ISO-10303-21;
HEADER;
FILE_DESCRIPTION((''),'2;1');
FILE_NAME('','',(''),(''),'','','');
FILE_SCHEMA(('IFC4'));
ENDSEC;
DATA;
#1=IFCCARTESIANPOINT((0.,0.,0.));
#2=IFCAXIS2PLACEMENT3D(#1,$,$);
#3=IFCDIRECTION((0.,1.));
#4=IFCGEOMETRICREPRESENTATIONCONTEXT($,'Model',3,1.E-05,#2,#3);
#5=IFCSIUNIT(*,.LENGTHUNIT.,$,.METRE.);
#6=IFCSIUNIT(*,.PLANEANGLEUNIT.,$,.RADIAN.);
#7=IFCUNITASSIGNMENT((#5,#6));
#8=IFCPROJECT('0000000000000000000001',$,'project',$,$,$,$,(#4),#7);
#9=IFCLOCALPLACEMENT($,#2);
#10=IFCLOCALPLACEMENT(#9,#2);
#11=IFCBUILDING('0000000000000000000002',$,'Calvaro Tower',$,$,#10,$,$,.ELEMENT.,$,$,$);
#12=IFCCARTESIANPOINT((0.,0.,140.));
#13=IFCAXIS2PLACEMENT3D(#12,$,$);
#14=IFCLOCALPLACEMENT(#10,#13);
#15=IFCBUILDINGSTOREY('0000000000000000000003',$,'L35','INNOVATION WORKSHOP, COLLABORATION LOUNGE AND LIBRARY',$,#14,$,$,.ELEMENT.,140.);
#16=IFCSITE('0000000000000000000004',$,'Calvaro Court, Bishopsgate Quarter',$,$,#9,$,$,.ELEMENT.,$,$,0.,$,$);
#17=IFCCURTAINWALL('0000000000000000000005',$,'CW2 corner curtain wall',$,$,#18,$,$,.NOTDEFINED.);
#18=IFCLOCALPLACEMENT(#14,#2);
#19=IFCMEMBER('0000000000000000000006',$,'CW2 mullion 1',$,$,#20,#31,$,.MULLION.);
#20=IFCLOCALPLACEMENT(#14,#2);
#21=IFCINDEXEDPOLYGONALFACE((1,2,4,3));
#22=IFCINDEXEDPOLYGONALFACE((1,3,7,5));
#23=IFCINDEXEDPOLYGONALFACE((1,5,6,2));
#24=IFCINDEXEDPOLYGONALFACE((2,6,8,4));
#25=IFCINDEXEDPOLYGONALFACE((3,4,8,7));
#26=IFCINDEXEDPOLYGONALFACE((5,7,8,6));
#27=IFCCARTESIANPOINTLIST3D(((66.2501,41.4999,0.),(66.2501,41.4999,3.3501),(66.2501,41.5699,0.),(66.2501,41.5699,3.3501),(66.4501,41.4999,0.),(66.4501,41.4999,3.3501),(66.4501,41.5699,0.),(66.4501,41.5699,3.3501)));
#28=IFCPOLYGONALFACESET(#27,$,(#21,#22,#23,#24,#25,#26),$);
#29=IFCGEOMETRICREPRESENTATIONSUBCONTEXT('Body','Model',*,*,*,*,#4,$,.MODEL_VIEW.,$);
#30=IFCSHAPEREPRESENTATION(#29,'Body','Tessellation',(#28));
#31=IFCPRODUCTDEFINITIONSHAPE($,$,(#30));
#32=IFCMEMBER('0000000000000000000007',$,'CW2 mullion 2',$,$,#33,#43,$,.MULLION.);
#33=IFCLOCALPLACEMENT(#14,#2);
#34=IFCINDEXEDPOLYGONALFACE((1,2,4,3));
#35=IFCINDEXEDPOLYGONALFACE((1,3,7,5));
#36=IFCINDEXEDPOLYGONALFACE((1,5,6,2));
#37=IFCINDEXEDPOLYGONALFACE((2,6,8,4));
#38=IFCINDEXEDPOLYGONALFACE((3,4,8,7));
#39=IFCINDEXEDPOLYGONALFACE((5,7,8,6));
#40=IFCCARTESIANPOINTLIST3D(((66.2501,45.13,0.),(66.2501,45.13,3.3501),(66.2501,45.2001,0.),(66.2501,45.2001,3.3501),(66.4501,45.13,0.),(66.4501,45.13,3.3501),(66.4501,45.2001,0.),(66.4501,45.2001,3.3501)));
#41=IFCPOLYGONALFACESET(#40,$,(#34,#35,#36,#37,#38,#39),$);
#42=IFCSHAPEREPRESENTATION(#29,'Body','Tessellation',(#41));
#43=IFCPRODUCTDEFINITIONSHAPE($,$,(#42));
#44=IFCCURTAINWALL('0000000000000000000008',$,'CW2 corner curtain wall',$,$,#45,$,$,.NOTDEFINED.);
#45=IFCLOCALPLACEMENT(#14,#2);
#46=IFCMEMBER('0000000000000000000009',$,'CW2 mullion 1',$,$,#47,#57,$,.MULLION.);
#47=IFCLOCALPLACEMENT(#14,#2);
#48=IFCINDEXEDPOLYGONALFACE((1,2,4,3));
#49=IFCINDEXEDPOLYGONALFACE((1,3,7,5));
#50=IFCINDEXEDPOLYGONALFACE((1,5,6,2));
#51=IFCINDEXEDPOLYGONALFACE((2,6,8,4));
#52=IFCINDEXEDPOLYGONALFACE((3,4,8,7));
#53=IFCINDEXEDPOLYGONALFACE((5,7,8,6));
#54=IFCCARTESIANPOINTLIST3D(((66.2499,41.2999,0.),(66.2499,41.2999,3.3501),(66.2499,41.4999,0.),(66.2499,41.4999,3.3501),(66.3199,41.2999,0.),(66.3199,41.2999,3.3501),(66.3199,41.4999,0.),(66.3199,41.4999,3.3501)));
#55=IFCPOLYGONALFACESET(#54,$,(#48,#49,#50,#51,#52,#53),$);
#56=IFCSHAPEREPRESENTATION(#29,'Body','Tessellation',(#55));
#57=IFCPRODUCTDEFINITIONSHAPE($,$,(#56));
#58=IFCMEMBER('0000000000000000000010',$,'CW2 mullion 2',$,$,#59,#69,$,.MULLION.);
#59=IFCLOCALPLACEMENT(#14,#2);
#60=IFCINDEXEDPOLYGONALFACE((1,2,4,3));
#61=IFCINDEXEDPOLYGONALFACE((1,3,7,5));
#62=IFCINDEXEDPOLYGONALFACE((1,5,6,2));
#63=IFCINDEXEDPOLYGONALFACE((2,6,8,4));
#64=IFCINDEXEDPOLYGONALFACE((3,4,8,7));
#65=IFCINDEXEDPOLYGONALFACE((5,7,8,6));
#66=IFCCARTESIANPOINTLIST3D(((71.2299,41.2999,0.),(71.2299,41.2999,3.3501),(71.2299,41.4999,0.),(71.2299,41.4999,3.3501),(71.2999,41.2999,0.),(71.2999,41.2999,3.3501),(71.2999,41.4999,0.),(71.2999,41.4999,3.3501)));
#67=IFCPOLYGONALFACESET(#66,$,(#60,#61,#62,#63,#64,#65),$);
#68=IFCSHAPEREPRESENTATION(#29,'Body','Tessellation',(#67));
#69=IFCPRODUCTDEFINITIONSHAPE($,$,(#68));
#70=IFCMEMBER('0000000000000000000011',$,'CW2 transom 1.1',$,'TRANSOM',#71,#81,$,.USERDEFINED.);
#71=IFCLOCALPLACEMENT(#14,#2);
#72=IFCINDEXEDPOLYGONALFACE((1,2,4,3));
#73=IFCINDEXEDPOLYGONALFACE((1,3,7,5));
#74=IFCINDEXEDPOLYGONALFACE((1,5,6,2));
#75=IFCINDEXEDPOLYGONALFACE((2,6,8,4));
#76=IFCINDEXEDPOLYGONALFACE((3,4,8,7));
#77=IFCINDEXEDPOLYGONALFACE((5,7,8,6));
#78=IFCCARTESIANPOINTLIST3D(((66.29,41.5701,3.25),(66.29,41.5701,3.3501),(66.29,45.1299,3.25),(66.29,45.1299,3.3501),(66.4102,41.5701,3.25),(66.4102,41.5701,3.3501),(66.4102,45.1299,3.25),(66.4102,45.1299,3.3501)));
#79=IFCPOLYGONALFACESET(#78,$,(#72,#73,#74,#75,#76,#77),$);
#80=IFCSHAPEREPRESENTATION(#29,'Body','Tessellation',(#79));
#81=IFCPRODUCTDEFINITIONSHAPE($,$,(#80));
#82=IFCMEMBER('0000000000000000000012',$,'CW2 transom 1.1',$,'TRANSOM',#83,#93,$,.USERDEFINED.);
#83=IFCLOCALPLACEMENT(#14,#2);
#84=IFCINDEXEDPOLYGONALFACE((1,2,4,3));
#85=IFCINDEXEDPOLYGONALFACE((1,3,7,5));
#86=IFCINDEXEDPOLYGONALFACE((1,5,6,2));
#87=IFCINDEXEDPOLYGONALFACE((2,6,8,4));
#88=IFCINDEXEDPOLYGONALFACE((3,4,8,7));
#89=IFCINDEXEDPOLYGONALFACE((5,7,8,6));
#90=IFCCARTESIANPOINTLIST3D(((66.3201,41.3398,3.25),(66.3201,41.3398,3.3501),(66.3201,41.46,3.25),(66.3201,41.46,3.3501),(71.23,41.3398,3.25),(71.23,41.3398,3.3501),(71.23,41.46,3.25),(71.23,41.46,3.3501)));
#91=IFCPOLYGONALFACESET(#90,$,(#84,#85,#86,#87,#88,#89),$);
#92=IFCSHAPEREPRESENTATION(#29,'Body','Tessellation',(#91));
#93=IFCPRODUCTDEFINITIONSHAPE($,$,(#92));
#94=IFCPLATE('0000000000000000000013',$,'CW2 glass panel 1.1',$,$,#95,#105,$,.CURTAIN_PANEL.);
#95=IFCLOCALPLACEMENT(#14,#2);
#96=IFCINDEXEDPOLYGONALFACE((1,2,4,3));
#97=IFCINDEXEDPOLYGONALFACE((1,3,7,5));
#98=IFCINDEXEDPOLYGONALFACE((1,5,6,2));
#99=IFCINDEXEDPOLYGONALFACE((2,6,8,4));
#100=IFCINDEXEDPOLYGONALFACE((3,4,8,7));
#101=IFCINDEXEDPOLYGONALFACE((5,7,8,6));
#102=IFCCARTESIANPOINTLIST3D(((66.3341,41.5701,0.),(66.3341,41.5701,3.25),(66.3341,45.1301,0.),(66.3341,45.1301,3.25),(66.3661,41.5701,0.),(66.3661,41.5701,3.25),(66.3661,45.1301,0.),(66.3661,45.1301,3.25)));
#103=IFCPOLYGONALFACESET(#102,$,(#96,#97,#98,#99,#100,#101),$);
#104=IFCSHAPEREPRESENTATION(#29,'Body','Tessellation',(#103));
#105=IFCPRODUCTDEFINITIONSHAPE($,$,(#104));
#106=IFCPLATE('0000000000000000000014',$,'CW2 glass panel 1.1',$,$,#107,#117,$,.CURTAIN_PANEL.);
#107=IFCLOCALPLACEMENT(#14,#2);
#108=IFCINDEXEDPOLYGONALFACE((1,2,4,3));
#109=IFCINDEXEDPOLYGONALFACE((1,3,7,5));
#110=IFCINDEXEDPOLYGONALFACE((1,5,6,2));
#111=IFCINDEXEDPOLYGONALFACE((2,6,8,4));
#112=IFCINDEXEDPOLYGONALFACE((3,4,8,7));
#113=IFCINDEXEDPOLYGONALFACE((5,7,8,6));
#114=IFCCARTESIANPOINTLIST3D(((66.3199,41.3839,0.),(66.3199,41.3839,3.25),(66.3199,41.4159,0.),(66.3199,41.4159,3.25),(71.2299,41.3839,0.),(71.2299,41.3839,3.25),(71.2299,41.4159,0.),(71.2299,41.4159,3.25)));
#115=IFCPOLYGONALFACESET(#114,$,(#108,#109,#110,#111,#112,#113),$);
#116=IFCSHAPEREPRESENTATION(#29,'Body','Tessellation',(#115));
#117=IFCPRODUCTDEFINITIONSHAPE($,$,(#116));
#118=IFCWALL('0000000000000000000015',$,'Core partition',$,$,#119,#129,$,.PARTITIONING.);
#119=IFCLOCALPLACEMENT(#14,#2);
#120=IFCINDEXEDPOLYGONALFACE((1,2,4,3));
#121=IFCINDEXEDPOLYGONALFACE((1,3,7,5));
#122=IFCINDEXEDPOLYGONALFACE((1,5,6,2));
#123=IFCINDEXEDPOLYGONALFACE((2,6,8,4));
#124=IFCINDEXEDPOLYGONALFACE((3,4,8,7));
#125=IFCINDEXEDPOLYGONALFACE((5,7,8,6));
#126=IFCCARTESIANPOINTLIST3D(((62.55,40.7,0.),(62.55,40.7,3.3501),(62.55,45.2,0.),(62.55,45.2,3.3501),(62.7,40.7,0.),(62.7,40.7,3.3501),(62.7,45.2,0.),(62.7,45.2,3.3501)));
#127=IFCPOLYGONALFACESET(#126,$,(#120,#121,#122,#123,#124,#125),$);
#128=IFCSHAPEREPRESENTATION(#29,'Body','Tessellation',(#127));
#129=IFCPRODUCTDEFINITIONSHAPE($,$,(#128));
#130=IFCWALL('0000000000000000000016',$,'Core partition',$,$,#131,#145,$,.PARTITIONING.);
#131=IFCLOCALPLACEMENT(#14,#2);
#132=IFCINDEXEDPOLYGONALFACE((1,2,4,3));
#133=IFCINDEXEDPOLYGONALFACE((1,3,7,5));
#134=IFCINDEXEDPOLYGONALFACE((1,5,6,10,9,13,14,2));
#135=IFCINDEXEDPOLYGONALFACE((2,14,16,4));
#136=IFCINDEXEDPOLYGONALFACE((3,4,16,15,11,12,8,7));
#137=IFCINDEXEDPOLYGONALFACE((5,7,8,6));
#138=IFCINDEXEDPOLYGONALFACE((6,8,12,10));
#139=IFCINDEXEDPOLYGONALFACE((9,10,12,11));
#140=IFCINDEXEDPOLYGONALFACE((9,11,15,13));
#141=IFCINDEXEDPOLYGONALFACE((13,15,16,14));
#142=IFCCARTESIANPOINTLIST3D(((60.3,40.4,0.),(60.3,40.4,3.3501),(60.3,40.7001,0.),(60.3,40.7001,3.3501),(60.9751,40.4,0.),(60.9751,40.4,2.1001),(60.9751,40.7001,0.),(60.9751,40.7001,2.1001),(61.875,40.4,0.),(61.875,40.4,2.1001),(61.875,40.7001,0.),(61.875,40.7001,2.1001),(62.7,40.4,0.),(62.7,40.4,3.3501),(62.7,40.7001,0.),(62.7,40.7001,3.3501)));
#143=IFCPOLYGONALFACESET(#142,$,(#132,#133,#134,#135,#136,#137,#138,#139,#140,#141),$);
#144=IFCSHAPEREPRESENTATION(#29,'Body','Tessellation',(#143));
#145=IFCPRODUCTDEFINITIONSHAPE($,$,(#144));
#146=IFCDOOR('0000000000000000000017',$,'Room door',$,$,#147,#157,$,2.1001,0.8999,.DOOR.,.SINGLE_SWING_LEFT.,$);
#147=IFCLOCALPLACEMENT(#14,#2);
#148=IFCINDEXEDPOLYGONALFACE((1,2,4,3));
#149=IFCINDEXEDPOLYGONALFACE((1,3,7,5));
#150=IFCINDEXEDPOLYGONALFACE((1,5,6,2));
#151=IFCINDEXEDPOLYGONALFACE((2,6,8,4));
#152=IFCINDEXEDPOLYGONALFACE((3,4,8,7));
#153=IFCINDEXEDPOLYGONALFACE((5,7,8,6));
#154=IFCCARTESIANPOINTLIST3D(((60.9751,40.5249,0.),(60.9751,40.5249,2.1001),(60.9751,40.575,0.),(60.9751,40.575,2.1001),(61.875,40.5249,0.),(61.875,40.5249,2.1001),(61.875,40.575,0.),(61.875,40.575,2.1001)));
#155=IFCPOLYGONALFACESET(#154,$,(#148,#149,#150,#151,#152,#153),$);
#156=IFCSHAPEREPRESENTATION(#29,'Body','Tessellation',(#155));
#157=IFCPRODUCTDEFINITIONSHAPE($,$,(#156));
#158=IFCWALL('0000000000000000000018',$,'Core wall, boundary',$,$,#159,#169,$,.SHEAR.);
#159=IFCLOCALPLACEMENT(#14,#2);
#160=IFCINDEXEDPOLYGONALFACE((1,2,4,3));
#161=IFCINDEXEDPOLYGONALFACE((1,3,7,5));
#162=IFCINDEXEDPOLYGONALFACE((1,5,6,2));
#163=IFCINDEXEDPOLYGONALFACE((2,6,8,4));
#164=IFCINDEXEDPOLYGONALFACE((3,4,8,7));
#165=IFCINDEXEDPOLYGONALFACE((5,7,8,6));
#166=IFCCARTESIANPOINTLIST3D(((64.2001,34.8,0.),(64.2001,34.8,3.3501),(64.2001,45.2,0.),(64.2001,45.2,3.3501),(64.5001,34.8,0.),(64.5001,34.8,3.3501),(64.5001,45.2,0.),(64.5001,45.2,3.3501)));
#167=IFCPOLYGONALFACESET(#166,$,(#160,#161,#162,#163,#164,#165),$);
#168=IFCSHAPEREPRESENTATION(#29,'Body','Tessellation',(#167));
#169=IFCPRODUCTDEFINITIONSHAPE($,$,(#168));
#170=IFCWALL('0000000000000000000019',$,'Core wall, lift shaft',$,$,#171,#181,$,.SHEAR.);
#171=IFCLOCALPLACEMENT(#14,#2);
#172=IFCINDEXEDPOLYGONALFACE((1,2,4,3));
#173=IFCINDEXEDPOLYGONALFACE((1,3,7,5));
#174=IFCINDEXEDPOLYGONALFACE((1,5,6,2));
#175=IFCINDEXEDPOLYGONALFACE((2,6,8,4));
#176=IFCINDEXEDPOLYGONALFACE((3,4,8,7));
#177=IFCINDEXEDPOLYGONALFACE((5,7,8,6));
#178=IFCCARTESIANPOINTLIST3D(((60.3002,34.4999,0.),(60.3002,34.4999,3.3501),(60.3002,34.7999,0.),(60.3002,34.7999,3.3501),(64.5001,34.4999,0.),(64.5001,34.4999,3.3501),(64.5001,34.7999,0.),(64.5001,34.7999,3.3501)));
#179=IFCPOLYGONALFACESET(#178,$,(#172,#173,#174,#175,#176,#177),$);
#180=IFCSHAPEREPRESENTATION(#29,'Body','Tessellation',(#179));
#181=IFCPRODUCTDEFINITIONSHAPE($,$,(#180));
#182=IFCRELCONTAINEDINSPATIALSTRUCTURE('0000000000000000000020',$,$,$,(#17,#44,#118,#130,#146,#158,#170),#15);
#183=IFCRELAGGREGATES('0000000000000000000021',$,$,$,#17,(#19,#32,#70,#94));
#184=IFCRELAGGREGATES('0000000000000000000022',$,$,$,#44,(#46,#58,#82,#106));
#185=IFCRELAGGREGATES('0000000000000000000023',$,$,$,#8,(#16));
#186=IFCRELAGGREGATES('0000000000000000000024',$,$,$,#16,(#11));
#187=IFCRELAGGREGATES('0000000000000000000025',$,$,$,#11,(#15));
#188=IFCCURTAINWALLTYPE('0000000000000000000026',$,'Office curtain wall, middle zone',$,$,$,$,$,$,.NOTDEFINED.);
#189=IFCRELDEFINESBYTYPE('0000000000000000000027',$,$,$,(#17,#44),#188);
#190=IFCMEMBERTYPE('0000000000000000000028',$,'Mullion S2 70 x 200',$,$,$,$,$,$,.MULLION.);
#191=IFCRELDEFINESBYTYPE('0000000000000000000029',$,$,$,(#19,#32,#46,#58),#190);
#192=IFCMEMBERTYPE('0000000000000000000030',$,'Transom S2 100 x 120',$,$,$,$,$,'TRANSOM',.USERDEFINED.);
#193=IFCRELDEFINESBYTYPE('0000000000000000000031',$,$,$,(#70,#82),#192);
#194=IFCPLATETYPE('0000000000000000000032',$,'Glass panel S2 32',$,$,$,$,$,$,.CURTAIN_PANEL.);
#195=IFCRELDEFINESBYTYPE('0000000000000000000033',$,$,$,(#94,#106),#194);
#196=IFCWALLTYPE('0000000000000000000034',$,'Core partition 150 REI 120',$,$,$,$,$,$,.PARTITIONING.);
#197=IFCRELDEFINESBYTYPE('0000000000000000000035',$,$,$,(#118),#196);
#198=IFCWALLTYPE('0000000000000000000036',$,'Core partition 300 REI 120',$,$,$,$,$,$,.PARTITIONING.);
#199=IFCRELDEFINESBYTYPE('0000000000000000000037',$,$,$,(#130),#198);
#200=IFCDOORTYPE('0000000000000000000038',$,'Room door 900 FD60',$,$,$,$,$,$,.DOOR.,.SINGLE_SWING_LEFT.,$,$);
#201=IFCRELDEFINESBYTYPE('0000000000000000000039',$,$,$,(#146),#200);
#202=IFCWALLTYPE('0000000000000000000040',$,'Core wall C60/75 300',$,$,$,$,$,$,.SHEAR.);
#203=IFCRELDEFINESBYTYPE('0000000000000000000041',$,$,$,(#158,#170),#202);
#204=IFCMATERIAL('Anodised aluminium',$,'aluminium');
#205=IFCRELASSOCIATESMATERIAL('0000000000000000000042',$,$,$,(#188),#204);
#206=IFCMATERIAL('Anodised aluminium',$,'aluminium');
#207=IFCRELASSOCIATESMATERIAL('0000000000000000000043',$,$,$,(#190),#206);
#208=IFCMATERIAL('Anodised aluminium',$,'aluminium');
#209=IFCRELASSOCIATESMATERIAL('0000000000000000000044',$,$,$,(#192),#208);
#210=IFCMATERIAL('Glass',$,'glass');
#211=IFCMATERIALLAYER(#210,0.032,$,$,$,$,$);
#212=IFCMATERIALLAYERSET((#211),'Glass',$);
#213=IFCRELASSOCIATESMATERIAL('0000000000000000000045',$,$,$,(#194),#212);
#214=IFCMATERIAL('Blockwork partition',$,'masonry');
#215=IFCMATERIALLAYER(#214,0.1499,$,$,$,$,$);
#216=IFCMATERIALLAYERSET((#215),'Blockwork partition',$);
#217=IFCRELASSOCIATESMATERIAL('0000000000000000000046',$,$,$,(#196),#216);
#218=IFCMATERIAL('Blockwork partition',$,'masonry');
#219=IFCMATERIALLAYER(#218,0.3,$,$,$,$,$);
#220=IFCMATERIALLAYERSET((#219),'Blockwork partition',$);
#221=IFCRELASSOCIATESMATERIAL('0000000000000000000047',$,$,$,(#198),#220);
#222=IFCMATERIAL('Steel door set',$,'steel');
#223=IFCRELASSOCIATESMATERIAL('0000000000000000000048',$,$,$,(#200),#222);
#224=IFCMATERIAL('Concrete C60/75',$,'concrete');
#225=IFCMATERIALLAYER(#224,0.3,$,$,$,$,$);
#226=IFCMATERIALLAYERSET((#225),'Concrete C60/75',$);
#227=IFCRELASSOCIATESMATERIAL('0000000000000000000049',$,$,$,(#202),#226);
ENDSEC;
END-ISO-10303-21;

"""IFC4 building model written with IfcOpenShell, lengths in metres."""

from ifc_helpers import new_model, si_unit, direction, frame, frame_2d, origin, origin_2d, place, context, subcontext, project, spatial, rectangle, extrude, material, layer, layer_set, material_profile, profile_set, type_object, element, fill, aggregate, save


model = new_model("IFC4")

# Units and contexts
model_context = context("Model", 3, precision=1e-05, world=origin(), true_north=direction((0.0, 1.0)))
body_context = subcontext(model_context, "Body", "Model", "MODEL_VIEW")
ifc_project = project(units=[si_unit("LENGTHUNIT", "METRE"), si_unit("PLANEANGLEUNIT", "RADIAN")], contexts=[model_context])

# Site, building, storey
site_placement = place(None, origin())
site = spatial("IfcSite", under=ifc_project, at=site_placement, Name="Calvaro Court, Bishopsgate Quarter", CompositionType="ELEMENT", RefElevation=0.0)
building_placement = place(site_placement, origin())
building = spatial("IfcBuilding", under=site, at=building_placement, Name="Calvaro Tower", CompositionType="ELEMENT")
storey_placement = place(building_placement, frame((0.0, 0.0, 140.0)))
storey = spatial("IfcBuildingStorey", under=building, at=storey_placement, Name="L35", Description="INNOVATION WORKSHOP, COLLABORATION LOUNGE AND LIBRARY", CompositionType="ELEMENT", Elevation=140.0)

# Curtain walls, members
ifc_material_1 = material(Name="Anodised aluminium", Category="aluminium")
curtain_wall_type = type_object("IfcCurtainWallType", Name="Office curtain wall, middle zone", PredefinedType="NOTDEFINED", material=ifc_material_1)
curtain_wall_1_placement = place(storey_placement, origin())
curtain_wall_1 = element("IfcCurtainWall", 1, at=curtain_wall_1_placement, inside=storey, type_object=curtain_wall_type, Name="CW2 corner curtain wall", PredefinedType="NOTDEFINED")
ifc_material_2 = material(Name="Anodised aluminium", Category="aluminium")
ifc_material_profile_1 = material_profile(ifc_material_2, rectangle(XDim=0.2, YDim=0.0701, at=origin_2d()), Name="Mullion S2 70 x 200")
ifc_profile_set_1 = profile_set([ifc_material_profile_1], Name="Anodised aluminium")
member_type_1 = type_object("IfcMemberType", Name="Mullion S2 70 x 200", PredefinedType="MULLION", material=ifc_profile_set_1)
member_1_placement = place(storey_placement, frame((66.3501, 41.5349, 0.0), z_axis=(0.0, 0.0, 1.0), x_axis=(-1.0, 0.0, 0.0)))
member_1 = element("IfcMember", 2, at=member_1_placement, type_object=member_type_1, Name="CW2 mullion 1", PredefinedType="MULLION", context=body_context, shape_type="SweptSolid", body=[
    extrude(rectangle(XDim=0.2, YDim=0.0701, at=origin_2d()), origin(), (0.0, 0.0, 1.0), 3.3501),
])
member_2_placement = place(storey_placement, frame((66.3501, 45.165, 0.0), z_axis=(0.0, 0.0, 1.0), x_axis=(-1.0, 0.0, 0.0)))
member_2 = element("IfcMember", 3, at=member_2_placement, type_object=member_type_1, Name="CW2 mullion 2", PredefinedType="MULLION", context=body_context, shape_type="SweptSolid", body=[
    extrude(rectangle(XDim=0.2, YDim=0.0701, at=origin_2d()), origin(), (0.0, 0.0, 1.0), 3.3501),
])
curtain_wall_2_placement = place(storey_placement, origin())
curtain_wall_2 = element("IfcCurtainWall", 4, at=curtain_wall_2_placement, inside=storey, type_object=curtain_wall_type, Name="CW2 corner curtain wall", PredefinedType="NOTDEFINED")
member_3_placement = place(storey_placement, frame((66.2849, 41.3999, 0.0), z_axis=(0.0, 0.0, 1.0), x_axis=(0.0, 1.0, 0.0)))
member_3 = element("IfcMember", 5, at=member_3_placement, type_object=member_type_1, Name="CW2 mullion 1", PredefinedType="MULLION", context=body_context, shape_type="SweptSolid", body=[
    extrude(rectangle(XDim=0.2, YDim=0.0701, at=origin_2d()), origin(), (0.0, 0.0, 1.0), 3.3501),
])
member_4_placement = place(storey_placement, frame((71.2649, 41.3999, 0.0), z_axis=(0.0, 0.0, 1.0), x_axis=(0.0, 1.0, 0.0)))
member_4 = element("IfcMember", 6, at=member_4_placement, type_object=member_type_1, Name="CW2 mullion 2", PredefinedType="MULLION", context=body_context, shape_type="SweptSolid", body=[
    extrude(rectangle(XDim=0.2, YDim=0.0701, at=origin_2d()), origin(), (0.0, 0.0, 1.0), 3.3501),
])

# Members
ifc_material_3 = material(Name="Anodised aluminium", Category="aluminium")
ifc_material_profile_2 = material_profile(ifc_material_3, rectangle(XDim=0.1201, YDim=0.1001, at=origin_2d()), Name="Transom S2 100 x 120")
ifc_profile_set_2 = profile_set([ifc_material_profile_2], Name="Anodised aluminium")
member_type_2 = type_object("IfcMemberType", Name="Transom S2 100 x 120", ElementType="TRANSOM", PredefinedType="USERDEFINED", material=ifc_profile_set_2)
member_5_placement = place(storey_placement, frame((66.3501, 41.5701, 3.3), z_axis=(0.0, 1.0, 0.0), x_axis=(-1.0, 0.0, 0.0)))
member_5 = element("IfcMember", 7, at=member_5_placement, type_object=member_type_2, Name="CW2 transom 1.1", ObjectType="TRANSOM", PredefinedType="USERDEFINED", context=body_context, shape_type="SweptSolid", body=[
    extrude(rectangle(XDim=0.1201, YDim=0.1001, at=origin_2d()), origin(), (0.0, 0.0, 1.0), 3.5598),
])
member_6_placement = place(storey_placement, frame((66.3201, 41.3999, 3.3), z_axis=(1.0, 0.0, 0.0), x_axis=(0.0, 1.0, 0.0)))
member_6 = element("IfcMember", 8, at=member_6_placement, type_object=member_type_2, Name="CW2 transom 1.1", ObjectType="TRANSOM", PredefinedType="USERDEFINED", context=body_context, shape_type="SweptSolid", body=[
    extrude(rectangle(XDim=0.1201, YDim=0.1001, at=origin_2d()), origin(), (0.0, 0.0, 1.0), 4.9099),
])

# Plates
ifc_material_4 = material(Name="Glass", Category="glass")
ifc_layer_1 = layer(ifc_material_4, 0.032)
ifc_layer_set_1 = layer_set([ifc_layer_1], Name="Glass")
plate_type = type_object("IfcPlateType", Name="Glass panel S2 32", PredefinedType="CURTAIN_PANEL", material=ifc_layer_set_1)
plate_1_placement = place(storey_placement, frame((66.3501, 43.3501, 0.0), z_axis=(0.0, 0.0, 1.0), x_axis=(0.0, 1.0, 0.0)))
plate_1 = element("IfcPlate", 9, at=plate_1_placement, type_object=plate_type, Name="CW2 glass panel 1.1", PredefinedType="CURTAIN_PANEL", context=body_context, shape_type="SweptSolid", body=[
    extrude(rectangle(XDim=3.5601, YDim=0.032, at=origin_2d()), origin(), (0.0, 0.0, 1.0), 3.25),
])
aggregate(curtain_wall_1, [member_1, member_2, member_5, plate_1])
plate_2_placement = place(storey_placement, frame((68.7749, 41.3999, 0.0), z_axis=(0.0, 0.0, 1.0), x_axis=(1.0, 0.0, 0.0)))
plate_2 = element("IfcPlate", 10, at=plate_2_placement, type_object=plate_type, Name="CW2 glass panel 1.1", PredefinedType="CURTAIN_PANEL", context=body_context, shape_type="SweptSolid", body=[
    extrude(rectangle(XDim=4.9099, YDim=0.032, at=origin_2d()), origin(), (0.0, 0.0, 1.0), 3.25),
])
aggregate(curtain_wall_2, [member_3, member_4, member_6, plate_2])

# Wall
ifc_material_5 = material(Name="Blockwork partition", Category="masonry")
ifc_layer_2 = layer(ifc_material_5, 0.1499)
ifc_layer_set_2 = layer_set([ifc_layer_2], Name="Blockwork partition")
wall_type_1 = type_object("IfcWallType", Name="Core partition 150 REI 120", PredefinedType="PARTITIONING", material=ifc_layer_set_2)
wall_1_placement = place(storey_placement, frame((62.625, 40.7, 0.0), z_axis=(0.0, 0.0, 1.0), x_axis=(0.0, 1.0, 0.0)))
element("IfcWall", 11, at=wall_1_placement, inside=storey, type_object=wall_type_1, Name="Core partition", PredefinedType="PARTITIONING", context=body_context, shape_type="SweptSolid", body=[
    extrude(rectangle(XDim=4.5, YDim=0.1499, at=frame_2d((2.25, 0.0))), origin(), (0.0, 0.0, 1.0), 3.3501),
])

# Wall, opening, door
ifc_material_6 = material(Name="Blockwork partition", Category="masonry")
ifc_layer_3 = layer(ifc_material_6, 0.3)
ifc_layer_set_3 = layer_set([ifc_layer_3], Name="Blockwork partition")
wall_type_2 = type_object("IfcWallType", Name="Core partition 300 REI 120", PredefinedType="PARTITIONING", material=ifc_layer_set_3)
wall_2_placement = place(storey_placement, frame((60.3, 40.55, 0.0), z_axis=(0.0, 0.0, 1.0), x_axis=(1.0, 0.0, 0.0)))
wall_2 = element("IfcWall", 12, at=wall_2_placement, inside=storey, type_object=wall_type_2, Name="Core partition", PredefinedType="PARTITIONING", context=body_context, shape_type="SweptSolid", body=[
    extrude(rectangle(XDim=2.3999, YDim=0.3, at=frame_2d((1.2, 0.0))), origin(), (0.0, 0.0, 1.0), 3.3501),
])
opening_1_placement = place(wall_2_placement, frame((0.675, 0.0, 0.0)))
opening_1 = element("IfcOpeningElement", 13, at=opening_1_placement, cuts=wall_2, PredefinedType="OPENING", context=body_context, shape_type="SweptSolid", body=[
    extrude(rectangle(XDim=0.8999, YDim=2.1001, at=frame_2d((0.45, 1.05))), frame((0.0, 0.1599, 0.0), z_axis=(0.0, -1.0, 0.0), x_axis=(1.0, 0.0, 0.0)), (0.0, 0.0, 1.0), 0.3201),
])
ifc_material_7 = material(Name="Steel door set", Category="steel")
door_type_1 = type_object("IfcDoorType", Name="Room door 900 FD60", OperationType="SINGLE_SWING_LEFT", PredefinedType="DOOR", material=ifc_material_7)
door_1_placement = place(opening_1_placement, origin())
door_1 = element("IfcDoor", 14, at=door_1_placement, inside=storey, type_object=door_type_1, Name="Room door", OperationType="SINGLE_SWING_LEFT", OverallHeight=2.1001, OverallWidth=0.8999, PredefinedType="DOOR", context=body_context, shape_type="SweptSolid", body=[
    extrude(rectangle(XDim=0.8999, YDim=2.1001, at=frame_2d((0.45, 1.05))), frame((0.0, 0.0249, 0.0), z_axis=(0.0, -1.0, 0.0), x_axis=(1.0, 0.0, 0.0)), (0.0, 0.0, 1.0), 0.05),
])
fill(opening_1, door_1)

# Walls
ifc_material_8 = material(Name="Concrete C60/75", Category="concrete")
ifc_layer_4 = layer(ifc_material_8, 0.3)
ifc_layer_set_4 = layer_set([ifc_layer_4], Name="Concrete C60/75")
wall_type_3 = type_object("IfcWallType", Name="Core wall C60/75 300", PredefinedType="SHEAR", material=ifc_layer_set_4)
wall_3_placement = place(storey_placement, frame((64.3501, 34.8, 0.0), z_axis=(0.0, 0.0, 1.0), x_axis=(0.0, 1.0, 0.0)))
element("IfcWall", 15, at=wall_3_placement, inside=storey, type_object=wall_type_3, Name="Core wall, boundary", PredefinedType="SHEAR", context=body_context, shape_type="SweptSolid", body=[
    extrude(rectangle(XDim=10.3999, YDim=0.3, at=frame_2d((5.2, 0.0))), origin(), (0.0, 0.0, 1.0), 3.3501),
])
wall_4_placement = place(storey_placement, frame((60.3, 34.6499, 0.0), z_axis=(0.0, 0.0, 1.0), x_axis=(1.0, 0.0, 0.0)))
element("IfcWall", 16, at=wall_4_placement, inside=storey, type_object=wall_type_3, Name="Core wall, lift shaft", PredefinedType="SHEAR", context=body_context, shape_type="SweptSolid", body=[
    extrude(rectangle(XDim=4.2, YDim=0.3, at=frame_2d((2.1001, 0.0))), origin(), (0.0, 0.0, 1.0), 3.3501),
])

save(model, "model.ifc")
